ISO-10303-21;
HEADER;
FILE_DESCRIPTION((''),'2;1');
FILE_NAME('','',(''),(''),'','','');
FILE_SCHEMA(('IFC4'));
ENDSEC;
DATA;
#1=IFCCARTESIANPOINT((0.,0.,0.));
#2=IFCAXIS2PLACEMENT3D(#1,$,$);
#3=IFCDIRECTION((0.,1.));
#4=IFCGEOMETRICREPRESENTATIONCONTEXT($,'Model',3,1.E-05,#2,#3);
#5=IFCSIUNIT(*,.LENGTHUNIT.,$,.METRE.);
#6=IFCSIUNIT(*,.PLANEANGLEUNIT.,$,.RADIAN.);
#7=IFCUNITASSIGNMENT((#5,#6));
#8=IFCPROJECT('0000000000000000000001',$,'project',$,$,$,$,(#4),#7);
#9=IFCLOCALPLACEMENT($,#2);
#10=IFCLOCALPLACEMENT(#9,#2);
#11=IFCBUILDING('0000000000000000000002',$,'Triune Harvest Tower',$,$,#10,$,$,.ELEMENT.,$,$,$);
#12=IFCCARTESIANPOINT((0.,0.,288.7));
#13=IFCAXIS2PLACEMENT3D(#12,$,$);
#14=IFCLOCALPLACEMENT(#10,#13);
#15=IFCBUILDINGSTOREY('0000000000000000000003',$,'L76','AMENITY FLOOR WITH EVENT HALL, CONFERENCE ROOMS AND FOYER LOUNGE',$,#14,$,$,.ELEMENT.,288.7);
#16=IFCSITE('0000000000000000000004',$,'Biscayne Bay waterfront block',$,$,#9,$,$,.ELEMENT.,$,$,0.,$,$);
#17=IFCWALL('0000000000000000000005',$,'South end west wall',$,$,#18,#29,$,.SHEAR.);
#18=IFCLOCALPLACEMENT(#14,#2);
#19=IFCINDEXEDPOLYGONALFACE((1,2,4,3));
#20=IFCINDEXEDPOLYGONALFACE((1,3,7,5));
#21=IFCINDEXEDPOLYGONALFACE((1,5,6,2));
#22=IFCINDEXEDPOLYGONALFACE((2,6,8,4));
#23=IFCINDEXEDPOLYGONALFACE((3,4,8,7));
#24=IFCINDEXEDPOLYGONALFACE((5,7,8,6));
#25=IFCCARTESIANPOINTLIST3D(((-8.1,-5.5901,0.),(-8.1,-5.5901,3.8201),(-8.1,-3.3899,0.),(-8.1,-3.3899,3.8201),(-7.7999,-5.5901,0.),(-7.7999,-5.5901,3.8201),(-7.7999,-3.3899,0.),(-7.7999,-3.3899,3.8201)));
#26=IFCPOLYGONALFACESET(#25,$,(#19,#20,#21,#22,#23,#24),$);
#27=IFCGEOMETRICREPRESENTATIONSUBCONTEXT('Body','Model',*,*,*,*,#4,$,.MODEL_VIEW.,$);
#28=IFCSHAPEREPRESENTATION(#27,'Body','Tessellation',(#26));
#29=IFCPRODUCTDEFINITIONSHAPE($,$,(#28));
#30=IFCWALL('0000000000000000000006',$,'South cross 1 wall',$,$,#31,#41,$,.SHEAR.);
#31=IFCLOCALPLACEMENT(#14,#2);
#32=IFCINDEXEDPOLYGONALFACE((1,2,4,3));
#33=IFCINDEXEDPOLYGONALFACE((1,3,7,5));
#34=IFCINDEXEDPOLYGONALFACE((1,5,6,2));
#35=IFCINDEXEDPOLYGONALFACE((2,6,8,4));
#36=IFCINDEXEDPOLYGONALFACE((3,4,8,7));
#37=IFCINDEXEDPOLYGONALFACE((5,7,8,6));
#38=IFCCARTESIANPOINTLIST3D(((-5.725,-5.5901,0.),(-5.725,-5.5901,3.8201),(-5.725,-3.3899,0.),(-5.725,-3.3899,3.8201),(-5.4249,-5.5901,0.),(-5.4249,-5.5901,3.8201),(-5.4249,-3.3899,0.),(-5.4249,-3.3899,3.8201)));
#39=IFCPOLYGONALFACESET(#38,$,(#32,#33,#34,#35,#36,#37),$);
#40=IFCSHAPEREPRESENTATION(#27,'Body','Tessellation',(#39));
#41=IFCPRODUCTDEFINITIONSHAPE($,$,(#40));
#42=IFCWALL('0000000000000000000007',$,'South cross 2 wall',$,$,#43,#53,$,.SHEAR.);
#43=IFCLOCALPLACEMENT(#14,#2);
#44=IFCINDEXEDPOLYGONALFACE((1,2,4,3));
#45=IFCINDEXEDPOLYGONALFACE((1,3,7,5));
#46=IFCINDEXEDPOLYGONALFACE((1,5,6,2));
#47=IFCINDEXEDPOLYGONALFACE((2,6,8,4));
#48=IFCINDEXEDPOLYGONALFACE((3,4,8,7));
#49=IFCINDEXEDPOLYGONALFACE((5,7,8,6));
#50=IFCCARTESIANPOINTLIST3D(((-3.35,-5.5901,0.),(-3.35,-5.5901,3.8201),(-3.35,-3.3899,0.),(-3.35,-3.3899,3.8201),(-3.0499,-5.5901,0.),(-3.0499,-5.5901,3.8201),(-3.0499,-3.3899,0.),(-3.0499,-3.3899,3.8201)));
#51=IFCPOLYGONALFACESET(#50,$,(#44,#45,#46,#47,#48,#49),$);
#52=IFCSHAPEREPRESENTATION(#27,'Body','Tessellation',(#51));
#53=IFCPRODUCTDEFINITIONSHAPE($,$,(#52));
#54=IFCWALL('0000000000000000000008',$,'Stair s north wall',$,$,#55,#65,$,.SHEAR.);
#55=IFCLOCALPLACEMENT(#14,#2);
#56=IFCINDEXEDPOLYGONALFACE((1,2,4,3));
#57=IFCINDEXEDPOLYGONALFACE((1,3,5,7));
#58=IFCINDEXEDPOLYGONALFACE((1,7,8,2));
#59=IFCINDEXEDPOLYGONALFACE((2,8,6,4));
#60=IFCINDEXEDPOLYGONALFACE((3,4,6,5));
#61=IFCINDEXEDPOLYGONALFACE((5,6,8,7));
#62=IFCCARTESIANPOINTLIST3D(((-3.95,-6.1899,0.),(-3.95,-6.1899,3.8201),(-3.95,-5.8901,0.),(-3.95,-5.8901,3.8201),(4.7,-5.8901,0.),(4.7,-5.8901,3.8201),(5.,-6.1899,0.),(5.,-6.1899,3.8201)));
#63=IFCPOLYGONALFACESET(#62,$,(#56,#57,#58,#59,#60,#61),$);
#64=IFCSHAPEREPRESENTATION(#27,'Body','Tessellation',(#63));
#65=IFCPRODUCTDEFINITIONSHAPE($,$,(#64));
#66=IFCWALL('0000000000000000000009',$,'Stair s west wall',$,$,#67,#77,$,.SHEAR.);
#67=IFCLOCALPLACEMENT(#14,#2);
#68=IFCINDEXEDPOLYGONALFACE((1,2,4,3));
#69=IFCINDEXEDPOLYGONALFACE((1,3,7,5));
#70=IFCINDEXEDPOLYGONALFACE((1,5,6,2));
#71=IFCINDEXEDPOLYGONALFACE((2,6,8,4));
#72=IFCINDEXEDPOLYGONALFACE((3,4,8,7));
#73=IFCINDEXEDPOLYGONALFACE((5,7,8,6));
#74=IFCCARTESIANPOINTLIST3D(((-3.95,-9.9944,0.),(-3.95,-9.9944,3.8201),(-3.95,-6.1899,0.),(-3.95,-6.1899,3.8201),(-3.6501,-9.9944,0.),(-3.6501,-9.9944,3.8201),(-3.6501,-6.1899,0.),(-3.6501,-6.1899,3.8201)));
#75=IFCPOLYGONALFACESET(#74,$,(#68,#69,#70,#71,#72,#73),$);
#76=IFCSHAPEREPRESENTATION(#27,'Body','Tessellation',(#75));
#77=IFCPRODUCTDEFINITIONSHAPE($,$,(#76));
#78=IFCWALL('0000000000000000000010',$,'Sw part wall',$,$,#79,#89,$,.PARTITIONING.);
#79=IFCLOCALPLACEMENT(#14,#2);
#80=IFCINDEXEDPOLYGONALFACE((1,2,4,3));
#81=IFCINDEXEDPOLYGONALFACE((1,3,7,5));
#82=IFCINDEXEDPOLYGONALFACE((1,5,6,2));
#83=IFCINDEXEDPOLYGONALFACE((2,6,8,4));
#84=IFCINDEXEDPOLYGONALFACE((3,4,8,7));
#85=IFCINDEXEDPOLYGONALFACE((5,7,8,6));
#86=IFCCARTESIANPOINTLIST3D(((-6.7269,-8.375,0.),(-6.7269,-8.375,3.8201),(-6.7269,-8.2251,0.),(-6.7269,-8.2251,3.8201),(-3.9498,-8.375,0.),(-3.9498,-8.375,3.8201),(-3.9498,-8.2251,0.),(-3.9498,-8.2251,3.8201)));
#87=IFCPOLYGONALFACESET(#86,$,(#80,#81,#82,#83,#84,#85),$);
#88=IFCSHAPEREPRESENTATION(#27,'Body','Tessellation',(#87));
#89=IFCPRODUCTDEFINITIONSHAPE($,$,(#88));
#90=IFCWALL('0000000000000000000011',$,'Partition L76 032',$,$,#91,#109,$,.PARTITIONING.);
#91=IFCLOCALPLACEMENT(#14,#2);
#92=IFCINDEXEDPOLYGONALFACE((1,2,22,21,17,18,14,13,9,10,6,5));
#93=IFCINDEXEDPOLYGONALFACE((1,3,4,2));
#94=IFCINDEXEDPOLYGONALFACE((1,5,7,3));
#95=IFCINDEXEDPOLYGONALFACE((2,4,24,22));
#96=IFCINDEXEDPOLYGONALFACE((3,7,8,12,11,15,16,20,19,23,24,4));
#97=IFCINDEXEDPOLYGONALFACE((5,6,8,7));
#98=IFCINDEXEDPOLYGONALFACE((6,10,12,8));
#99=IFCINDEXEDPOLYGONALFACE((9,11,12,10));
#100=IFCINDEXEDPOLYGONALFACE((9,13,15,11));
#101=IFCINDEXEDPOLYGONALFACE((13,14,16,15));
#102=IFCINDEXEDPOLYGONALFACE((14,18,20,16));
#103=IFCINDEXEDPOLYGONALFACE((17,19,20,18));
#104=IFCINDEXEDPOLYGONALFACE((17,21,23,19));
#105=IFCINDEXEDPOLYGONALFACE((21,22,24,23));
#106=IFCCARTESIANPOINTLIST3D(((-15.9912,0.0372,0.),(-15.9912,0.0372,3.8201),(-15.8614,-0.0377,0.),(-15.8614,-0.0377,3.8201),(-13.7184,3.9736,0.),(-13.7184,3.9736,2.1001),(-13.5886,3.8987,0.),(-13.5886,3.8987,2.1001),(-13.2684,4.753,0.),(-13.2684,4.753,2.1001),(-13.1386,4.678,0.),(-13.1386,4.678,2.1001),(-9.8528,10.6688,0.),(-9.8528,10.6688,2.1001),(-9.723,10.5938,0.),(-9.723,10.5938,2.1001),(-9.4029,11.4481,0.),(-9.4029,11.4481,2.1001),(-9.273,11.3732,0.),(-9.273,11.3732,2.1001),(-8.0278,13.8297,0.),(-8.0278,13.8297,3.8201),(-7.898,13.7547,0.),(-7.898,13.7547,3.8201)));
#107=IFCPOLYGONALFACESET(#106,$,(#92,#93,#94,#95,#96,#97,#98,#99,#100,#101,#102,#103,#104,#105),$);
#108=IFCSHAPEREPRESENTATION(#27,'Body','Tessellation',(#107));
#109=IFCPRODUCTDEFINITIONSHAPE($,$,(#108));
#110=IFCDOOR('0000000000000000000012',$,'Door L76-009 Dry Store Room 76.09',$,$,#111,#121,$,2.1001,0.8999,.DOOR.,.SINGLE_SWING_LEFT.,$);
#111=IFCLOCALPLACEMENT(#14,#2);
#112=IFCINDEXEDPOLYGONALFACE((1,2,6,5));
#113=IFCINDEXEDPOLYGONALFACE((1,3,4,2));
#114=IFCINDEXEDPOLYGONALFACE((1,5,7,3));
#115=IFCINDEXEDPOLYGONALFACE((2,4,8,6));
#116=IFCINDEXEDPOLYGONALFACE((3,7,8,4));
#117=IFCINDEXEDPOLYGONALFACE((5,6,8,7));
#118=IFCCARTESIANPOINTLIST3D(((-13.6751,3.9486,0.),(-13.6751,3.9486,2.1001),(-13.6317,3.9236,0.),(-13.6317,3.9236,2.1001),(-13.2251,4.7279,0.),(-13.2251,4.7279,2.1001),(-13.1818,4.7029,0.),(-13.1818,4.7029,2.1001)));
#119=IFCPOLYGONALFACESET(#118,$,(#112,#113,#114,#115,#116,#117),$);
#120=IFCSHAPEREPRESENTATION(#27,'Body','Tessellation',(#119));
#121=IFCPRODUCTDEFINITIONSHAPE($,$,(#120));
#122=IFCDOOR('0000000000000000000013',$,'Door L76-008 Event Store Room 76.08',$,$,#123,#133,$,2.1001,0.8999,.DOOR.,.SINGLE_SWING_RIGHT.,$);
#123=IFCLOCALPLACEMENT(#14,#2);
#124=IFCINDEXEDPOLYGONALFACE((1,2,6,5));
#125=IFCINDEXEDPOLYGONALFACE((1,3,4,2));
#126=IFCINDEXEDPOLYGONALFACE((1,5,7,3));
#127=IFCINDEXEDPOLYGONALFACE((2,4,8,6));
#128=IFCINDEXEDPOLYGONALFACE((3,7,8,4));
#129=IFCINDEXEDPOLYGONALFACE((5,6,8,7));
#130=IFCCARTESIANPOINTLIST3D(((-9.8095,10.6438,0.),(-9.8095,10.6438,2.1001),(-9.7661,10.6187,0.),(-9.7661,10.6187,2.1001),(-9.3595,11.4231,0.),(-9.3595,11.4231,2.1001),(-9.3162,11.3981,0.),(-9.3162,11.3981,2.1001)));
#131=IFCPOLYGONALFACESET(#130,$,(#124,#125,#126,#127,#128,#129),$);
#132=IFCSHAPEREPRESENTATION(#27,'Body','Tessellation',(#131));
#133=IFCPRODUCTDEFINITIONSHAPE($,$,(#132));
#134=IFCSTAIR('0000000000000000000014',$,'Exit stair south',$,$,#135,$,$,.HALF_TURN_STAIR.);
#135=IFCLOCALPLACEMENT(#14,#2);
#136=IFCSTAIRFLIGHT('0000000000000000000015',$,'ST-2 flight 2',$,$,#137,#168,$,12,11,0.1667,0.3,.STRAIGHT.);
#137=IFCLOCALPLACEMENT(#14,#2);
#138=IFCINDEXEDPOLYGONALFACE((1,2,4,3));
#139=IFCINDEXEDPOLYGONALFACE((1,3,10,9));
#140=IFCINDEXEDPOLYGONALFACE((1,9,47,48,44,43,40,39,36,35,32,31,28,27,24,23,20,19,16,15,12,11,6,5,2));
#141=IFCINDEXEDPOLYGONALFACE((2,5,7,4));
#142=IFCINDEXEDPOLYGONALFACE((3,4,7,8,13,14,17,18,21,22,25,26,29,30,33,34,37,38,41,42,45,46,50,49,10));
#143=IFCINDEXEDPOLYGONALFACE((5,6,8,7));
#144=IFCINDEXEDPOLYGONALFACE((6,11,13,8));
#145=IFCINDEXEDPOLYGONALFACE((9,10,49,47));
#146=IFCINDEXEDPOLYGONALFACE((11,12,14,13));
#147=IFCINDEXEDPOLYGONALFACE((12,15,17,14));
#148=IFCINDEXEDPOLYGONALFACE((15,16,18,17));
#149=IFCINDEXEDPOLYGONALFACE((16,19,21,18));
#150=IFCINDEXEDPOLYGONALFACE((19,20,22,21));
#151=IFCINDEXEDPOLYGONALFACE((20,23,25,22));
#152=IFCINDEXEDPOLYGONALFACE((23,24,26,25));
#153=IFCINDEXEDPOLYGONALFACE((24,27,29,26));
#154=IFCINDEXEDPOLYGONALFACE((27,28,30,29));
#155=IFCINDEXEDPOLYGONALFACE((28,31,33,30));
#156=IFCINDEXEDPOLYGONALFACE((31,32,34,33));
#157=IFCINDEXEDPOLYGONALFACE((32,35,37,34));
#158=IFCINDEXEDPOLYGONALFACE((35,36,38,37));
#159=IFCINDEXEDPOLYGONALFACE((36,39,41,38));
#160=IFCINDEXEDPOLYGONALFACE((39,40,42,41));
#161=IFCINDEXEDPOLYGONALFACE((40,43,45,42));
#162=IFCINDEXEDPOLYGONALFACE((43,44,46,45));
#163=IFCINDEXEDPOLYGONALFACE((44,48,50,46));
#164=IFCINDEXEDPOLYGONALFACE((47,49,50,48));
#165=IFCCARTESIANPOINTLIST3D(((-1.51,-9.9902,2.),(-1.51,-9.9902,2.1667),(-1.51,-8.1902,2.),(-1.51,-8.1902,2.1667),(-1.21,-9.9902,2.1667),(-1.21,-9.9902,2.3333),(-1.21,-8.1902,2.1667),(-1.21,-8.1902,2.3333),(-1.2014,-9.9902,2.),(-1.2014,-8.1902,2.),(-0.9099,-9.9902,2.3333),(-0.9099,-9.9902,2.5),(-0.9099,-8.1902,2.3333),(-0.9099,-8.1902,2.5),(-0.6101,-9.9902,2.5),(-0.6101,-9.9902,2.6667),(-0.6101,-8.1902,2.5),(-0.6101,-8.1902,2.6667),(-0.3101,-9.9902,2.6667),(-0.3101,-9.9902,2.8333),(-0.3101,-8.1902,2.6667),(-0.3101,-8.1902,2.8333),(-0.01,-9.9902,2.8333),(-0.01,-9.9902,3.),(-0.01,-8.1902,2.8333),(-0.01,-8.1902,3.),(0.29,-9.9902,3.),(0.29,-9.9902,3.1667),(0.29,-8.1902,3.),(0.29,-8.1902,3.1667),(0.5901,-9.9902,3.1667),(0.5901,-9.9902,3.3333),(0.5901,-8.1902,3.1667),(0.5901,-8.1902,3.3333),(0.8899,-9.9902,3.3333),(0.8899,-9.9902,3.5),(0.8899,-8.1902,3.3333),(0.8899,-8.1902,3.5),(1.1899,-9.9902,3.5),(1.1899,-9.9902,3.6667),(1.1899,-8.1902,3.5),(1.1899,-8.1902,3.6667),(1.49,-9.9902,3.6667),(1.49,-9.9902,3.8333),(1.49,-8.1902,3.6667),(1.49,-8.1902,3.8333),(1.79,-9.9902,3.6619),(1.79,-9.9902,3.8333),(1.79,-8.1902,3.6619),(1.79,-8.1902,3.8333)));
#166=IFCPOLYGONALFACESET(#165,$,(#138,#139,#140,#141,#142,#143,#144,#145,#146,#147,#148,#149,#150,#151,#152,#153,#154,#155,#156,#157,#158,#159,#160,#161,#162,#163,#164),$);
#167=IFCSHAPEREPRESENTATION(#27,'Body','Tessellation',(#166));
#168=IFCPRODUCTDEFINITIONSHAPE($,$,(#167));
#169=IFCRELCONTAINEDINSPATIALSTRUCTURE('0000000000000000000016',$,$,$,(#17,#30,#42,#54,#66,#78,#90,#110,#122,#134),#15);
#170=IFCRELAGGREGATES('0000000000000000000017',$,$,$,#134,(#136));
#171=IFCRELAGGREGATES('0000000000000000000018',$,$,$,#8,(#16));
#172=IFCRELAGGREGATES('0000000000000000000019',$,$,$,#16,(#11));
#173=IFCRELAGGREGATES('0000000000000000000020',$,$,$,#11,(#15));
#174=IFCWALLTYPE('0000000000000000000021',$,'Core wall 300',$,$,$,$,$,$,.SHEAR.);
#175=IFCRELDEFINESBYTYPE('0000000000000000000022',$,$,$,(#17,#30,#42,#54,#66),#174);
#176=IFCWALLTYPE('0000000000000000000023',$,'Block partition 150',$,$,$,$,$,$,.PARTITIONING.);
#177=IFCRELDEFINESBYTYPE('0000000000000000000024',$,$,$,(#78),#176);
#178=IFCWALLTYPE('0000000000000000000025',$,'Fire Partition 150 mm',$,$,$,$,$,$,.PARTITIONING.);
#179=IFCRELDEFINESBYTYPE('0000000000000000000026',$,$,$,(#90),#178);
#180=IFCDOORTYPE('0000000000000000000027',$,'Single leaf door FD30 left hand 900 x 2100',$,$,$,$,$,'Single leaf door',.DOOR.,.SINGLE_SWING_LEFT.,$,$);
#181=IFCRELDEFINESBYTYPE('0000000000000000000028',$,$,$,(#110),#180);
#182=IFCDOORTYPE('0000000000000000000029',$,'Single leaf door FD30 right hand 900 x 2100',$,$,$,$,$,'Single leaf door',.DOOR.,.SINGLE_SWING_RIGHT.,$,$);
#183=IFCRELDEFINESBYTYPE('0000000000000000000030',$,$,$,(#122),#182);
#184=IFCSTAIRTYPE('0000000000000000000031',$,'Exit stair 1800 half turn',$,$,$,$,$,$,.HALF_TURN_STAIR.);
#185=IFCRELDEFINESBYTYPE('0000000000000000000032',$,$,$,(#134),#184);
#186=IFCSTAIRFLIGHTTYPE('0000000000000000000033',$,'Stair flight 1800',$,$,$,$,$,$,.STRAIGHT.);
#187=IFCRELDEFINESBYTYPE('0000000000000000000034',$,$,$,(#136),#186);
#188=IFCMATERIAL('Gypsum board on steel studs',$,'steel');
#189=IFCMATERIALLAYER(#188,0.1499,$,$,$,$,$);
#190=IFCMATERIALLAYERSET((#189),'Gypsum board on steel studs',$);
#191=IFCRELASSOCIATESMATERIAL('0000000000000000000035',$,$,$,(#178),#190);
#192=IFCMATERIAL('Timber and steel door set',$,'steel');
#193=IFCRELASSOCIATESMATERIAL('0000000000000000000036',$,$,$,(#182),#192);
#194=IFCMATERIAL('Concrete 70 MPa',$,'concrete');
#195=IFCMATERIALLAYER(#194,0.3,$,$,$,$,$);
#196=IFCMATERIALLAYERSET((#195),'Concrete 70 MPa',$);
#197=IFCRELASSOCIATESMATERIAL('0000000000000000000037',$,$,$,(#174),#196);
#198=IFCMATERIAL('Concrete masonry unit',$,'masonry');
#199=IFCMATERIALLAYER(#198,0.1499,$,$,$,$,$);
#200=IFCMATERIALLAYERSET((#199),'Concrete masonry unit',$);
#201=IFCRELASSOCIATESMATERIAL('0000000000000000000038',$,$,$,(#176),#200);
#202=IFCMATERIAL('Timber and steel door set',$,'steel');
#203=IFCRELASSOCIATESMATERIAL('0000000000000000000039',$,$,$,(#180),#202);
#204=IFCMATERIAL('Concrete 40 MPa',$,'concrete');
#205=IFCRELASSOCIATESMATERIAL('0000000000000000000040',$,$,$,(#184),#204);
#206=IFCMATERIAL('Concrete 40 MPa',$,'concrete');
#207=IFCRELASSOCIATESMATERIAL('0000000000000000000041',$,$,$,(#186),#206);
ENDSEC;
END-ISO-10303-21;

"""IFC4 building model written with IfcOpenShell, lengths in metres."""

from ifc_helpers import new_model, si_unit, direction, frame, frame_2d, origin, place, context, subcontext, project, spatial, polyline, rectangle, outline, extrude, source, transform, mapped, material, layer, layer_set, type_object, element, fill, aggregate, save


model = new_model("IFC4")

# Units and contexts
model_context = context("Model", 3, precision=1e-05, world=origin(), true_north=direction((0.0, 1.0)))
body_context = subcontext(model_context, "Body", "Model", "MODEL_VIEW")
ifc_project = project(units=[si_unit("LENGTHUNIT", "METRE"), si_unit("PLANEANGLEUNIT", "RADIAN")], contexts=[model_context])

# Site, building, storey
site_placement = place(None, origin())
site = spatial("IfcSite", under=ifc_project, at=site_placement, Name="Biscayne Bay waterfront block", CompositionType="ELEMENT", RefElevation=0.0)
building_placement = place(site_placement, origin())
building = spatial("IfcBuilding", under=site, at=building_placement, Name="Triune Harvest Tower", CompositionType="ELEMENT")
storey_placement = place(building_placement, frame((0.0, 0.0, 288.7)))
storey = spatial("IfcBuildingStorey", under=building, at=storey_placement, Name="L76", Description="AMENITY FLOOR WITH EVENT HALL, CONFERENCE ROOMS AND FOYER LOUNGE", CompositionType="ELEMENT", Elevation=288.7)

# Shared definitions
ifc_material_1 = material(Name="Gypsum board on steel studs", Category="steel")
ifc_layer_1 = layer(ifc_material_1, 0.1499)
ifc_layer_set_1 = layer_set([ifc_layer_1], Name="Gypsum board on steel studs")
wall_type_1 = type_object("IfcWallType", Name="Fire Partition 150 mm", PredefinedType="PARTITIONING", material=ifc_layer_set_1)
ifc_material_2 = material(Name="Timber and steel door set", Category="steel")
door_type_1 = type_object("IfcDoorType", Name="Single leaf door FD30 right hand 900 x 2100", ElementType="Single leaf door", OperationType="SINGLE_SWING_RIGHT", PredefinedType="DOOR", material=ifc_material_2)
ifc_material_3 = material(Name="Concrete 70 MPa", Category="concrete")
ifc_layer_2 = layer(ifc_material_3, 0.3)
ifc_layer_set_2 = layer_set([ifc_layer_2], Name="Concrete 70 MPa")
wall_type_2 = type_object("IfcWallType", Name="Core wall 300", PredefinedType="SHEAR", material=ifc_layer_set_2)

# Walls
shared_shape_1 = source(origin(), body_context, "Body", "SweptSolid", [
    extrude(rectangle(XDim=2.2002, YDim=0.3, at=frame_2d((1.1001, 0.0))), origin(), (0.0, 0.0, 1.0), 3.8201),
])
for number, where, z_axis, x_axis, name in (
    (1, (-7.95, -5.5901, 0.0), (0.0, 0.0, 1.0), (0.0, 1.0, 0.0), "South end west wall"),
    (2, (-5.575, -5.5901, 0.0), (0.0, 0.0, 1.0), (0.0, 1.0, 0.0), "South cross 1 wall"),
    (3, (-3.2, -5.5901, 0.0), (0.0, 0.0, 1.0), (0.0, 1.0, 0.0), "South cross 2 wall"),
):
    element("IfcWall", number, at=place(storey_placement, frame(where, z_axis=z_axis, x_axis=x_axis)), inside=storey, type_object=wall_type_2, Name=name, PredefinedType="SHEAR", context=body_context, shape_type="MappedRepresentation", body=[
        mapped(shared_shape_1, transform((0.0, 0.0, 0.0), scale=1.0)),
    ])
shared_shape_2 = source(origin(), body_context, "Body", "SweptSolid", [
    extrude(outline(polyline([(0.0, -0.1499), (8.95, -0.1499), (8.6499, 0.1499), (0.0, 0.1499), (0.0, -0.1499)])), origin(), (0.0, 0.0, 1.0), 3.8201),
])
wall_1_placement = place(storey_placement, frame((-3.95, -6.04, 0.0), z_axis=(0.0, 0.0, 1.0), x_axis=(1.0, 0.0, 0.0)))
element("IfcWall", 4, at=wall_1_placement, inside=storey, type_object=wall_type_2, Name="Stair s north wall", PredefinedType="SHEAR", context=body_context, shape_type="MappedRepresentation", body=[
    mapped(shared_shape_2, transform((0.0, 0.0, 0.0), scale=1.0)),
])
shared_shape_3 = source(origin(), body_context, "Body", "SweptSolid", [
    extrude(outline(polyline([(3.8, -0.1499), (-0.0044, -0.1499), (-0.0044, 0.1499), (3.8, 0.1499), (3.8, -0.1499)])), origin(), (0.0, 0.0, 1.0), 3.8201),
])
wall_2_placement = place(storey_placement, frame((-3.8, -9.99, 0.0), z_axis=(0.0, 0.0, 1.0), x_axis=(0.0, 1.0, 0.0)))
element("IfcWall", 5, at=wall_2_placement, inside=storey, type_object=wall_type_2, Name="Stair s west wall", PredefinedType="SHEAR", context=body_context, shape_type="MappedRepresentation", body=[
    mapped(shared_shape_3, transform((0.0, 0.0, 0.0), scale=1.0)),
])
ifc_material_4 = material(Name="Concrete masonry unit", Category="masonry")
ifc_layer_3 = layer(ifc_material_4, 0.1499)
ifc_layer_set_3 = layer_set([ifc_layer_3], Name="Concrete masonry unit")
wall_type_3 = type_object("IfcWallType", Name="Block partition 150", PredefinedType="PARTITIONING", material=ifc_layer_set_3)
shared_shape_4 = source(origin(), body_context, "Body", "SweptSolid", [
    extrude(rectangle(XDim=2.7771, YDim=0.1499, at=frame_2d((1.3887, 0.0))), origin(), (0.0, 0.0, 1.0), 3.8201),
])
wall_3_placement = place(storey_placement, frame((-6.7271, -8.3, 0.0), z_axis=(0.0, 0.0, 1.0), x_axis=(1.0, 0.0, 0.0)))
element("IfcWall", 6, at=wall_3_placement, inside=storey, type_object=wall_type_3, Name="Sw part wall", PredefinedType="PARTITIONING", context=body_context, shape_type="MappedRepresentation", body=[
    mapped(shared_shape_4, transform((0.0, 0.0, 0.0), scale=1.0)),
])

# Wall, openings, doors
shared_shape_5 = source(origin(), body_context, "Body", "SweptSolid", [
    extrude(rectangle(XDim=15.9263, YDim=0.1499, at=frame_2d((7.9631, 0.0))), origin(), (0.0, 0.0, 1.0), 3.8201),
])
wall_4_placement = place(storey_placement, frame((-15.9263, -0.0002, 0.0), z_axis=(0.0, 0.0, 1.0), x_axis=(0.500013, 0.866018, 0.0)))
wall_4 = element("IfcWall", 7, at=wall_4_placement, inside=storey, type_object=wall_type_1, Name="Partition L76 032", PredefinedType="PARTITIONING", context=body_context, shape_type="MappedRepresentation", body=[
    mapped(shared_shape_5, transform((0.0, 0.0, 0.0), scale=1.0)),
])
opening_1_placement = place(wall_4_placement, frame((12.2764, 0.0, 0.0)))
opening_1 = element("IfcOpeningElement", 8, at=opening_1_placement, cuts=wall_4, PredefinedType="OPENING", context=body_context, shape_type="SweptSolid", body=[
    extrude(rectangle(XDim=0.8999, YDim=2.1001, at=frame_2d((0.45, 1.05))), frame((0.0, 0.085, 0.0), z_axis=(0.0, -1.0, 0.0), x_axis=(1.0, 0.0, 0.0)), (0.0, 0.0, 1.0), 0.1699),
])
opening_2_placement = place(wall_4_placement, frame((4.5454, 0.0, 0.0)))
opening_2 = element("IfcOpeningElement", 9, at=opening_2_placement, cuts=wall_4, PredefinedType="OPENING", context=body_context, shape_type="SweptSolid", body=[
    extrude(rectangle(XDim=0.8999, YDim=2.1001, at=frame_2d((0.45, 1.05))), frame((0.0, 0.085, 0.0), z_axis=(0.0, -1.0, 0.0), x_axis=(1.0, 0.0, 0.0)), (0.0, 0.0, 1.0), 0.1699),
])
ifc_material_5 = material(Name="Timber and steel door set", Category="steel")
door_type_2 = type_object("IfcDoorType", Name="Single leaf door FD30 left hand 900 x 2100", ElementType="Single leaf door", OperationType="SINGLE_SWING_LEFT", PredefinedType="DOOR", material=ifc_material_5)
door_1_placement = place(opening_2_placement, origin())
door_1 = element("IfcDoor", 10, at=door_1_placement, inside=storey, type_object=door_type_2, Name="Door L76-009 Dry Store Room 76.09", OperationType="SINGLE_SWING_LEFT", OverallHeight=2.1001, OverallWidth=0.8999, PredefinedType="DOOR", context=body_context, shape_type="SweptSolid", body=[
    extrude(rectangle(XDim=0.8999, YDim=2.1001, at=frame_2d((0.45, 1.05))), frame((0.0, 0.0249, 0.0), z_axis=(0.0, -1.0, 0.0), x_axis=(1.0, 0.0, 0.0)), (0.0, 0.0, 1.0), 0.05),
])
fill(opening_2, door_1)
door_2_placement = place(opening_1_placement, origin())
door_2 = element("IfcDoor", 11, at=door_2_placement, inside=storey, type_object=door_type_1, Name="Door L76-008 Event Store Room 76.08", OperationType="SINGLE_SWING_RIGHT", OverallHeight=2.1001, OverallWidth=0.8999, PredefinedType="DOOR", context=body_context, shape_type="SweptSolid", body=[
    extrude(rectangle(XDim=0.8999, YDim=2.1001, at=frame_2d((0.45, 1.05))), frame((0.0, 0.0249, 0.0), z_axis=(0.0, -1.0, 0.0), x_axis=(1.0, 0.0, 0.0)), (0.0, 0.0, 1.0), 0.05),
])
fill(opening_1, door_2)

# Stair, stair flight
ifc_material_6 = material(Name="Concrete 40 MPa", Category="concrete")
stair_type = type_object("IfcStairType", Name="Exit stair 1800 half turn", PredefinedType="HALF_TURN_STAIR", material=ifc_material_6)
stair_placement = place(storey_placement, origin())
stair = element("IfcStair", 12, at=stair_placement, inside=storey, type_object=stair_type, Name="Exit stair south", PredefinedType="HALF_TURN_STAIR")
ifc_material_7 = material(Name="Concrete 40 MPa", Category="concrete")
stair_flight_type = type_object("IfcStairFlightType", Name="Stair flight 1800", PredefinedType="STRAIGHT", material=ifc_material_7)
shared_shape_6 = source(origin(), body_context, "Body", "SweptSolid", [
    extrude(outline(polyline([(0.0, 0.0), (0.0, 0.1667), (0.3, 0.1667), (0.3, 0.3333), (0.6001, 0.3333), (0.6001, 0.5), (0.8999, 0.5), (0.8999, 0.6667), (1.2, 0.6667), (1.2, 0.8333), (1.5, 0.8333), (1.5, 1.0), (1.8, 1.0), (1.8, 1.1667), (2.1001, 1.1667), (2.1001, 1.3333), (2.3999, 1.3333), (2.3999, 1.5), (2.7, 1.5), (2.7, 1.6667), (3.0, 1.6667), (3.0, 1.8333), (3.3, 1.8333), (3.3, 2.0), (3.3, 1.6619), (0.3086, 0.0), (0.0, 0.0)])), frame((0.0, 0.8999, 0.0), z_axis=(0.0, -1.0, 0.0), x_axis=(1.0, 0.0, 0.0)), (0.0, 0.0, 1.0), 1.8),
])
stair_flight_placement = place(storey_placement, frame((-1.51, -9.0901, 2.0), z_axis=(0.0, 0.0, 1.0), x_axis=(1.0, 0.0, 0.0)))
stair_flight = element("IfcStairFlight", 13, at=stair_flight_placement, type_object=stair_flight_type, Name="ST-2 flight 2", NumberOfRisers=12, NumberOfTreads=11, PredefinedType="STRAIGHT", RiserHeight=0.1667, TreadLength=0.3, context=body_context, shape_type="MappedRepresentation", body=[
    mapped(shared_shape_6, transform((0.0, 0.0, 0.0), scale=1.0)),
])
aggregate(stair, [stair_flight])

save(model, "model.ifc")
